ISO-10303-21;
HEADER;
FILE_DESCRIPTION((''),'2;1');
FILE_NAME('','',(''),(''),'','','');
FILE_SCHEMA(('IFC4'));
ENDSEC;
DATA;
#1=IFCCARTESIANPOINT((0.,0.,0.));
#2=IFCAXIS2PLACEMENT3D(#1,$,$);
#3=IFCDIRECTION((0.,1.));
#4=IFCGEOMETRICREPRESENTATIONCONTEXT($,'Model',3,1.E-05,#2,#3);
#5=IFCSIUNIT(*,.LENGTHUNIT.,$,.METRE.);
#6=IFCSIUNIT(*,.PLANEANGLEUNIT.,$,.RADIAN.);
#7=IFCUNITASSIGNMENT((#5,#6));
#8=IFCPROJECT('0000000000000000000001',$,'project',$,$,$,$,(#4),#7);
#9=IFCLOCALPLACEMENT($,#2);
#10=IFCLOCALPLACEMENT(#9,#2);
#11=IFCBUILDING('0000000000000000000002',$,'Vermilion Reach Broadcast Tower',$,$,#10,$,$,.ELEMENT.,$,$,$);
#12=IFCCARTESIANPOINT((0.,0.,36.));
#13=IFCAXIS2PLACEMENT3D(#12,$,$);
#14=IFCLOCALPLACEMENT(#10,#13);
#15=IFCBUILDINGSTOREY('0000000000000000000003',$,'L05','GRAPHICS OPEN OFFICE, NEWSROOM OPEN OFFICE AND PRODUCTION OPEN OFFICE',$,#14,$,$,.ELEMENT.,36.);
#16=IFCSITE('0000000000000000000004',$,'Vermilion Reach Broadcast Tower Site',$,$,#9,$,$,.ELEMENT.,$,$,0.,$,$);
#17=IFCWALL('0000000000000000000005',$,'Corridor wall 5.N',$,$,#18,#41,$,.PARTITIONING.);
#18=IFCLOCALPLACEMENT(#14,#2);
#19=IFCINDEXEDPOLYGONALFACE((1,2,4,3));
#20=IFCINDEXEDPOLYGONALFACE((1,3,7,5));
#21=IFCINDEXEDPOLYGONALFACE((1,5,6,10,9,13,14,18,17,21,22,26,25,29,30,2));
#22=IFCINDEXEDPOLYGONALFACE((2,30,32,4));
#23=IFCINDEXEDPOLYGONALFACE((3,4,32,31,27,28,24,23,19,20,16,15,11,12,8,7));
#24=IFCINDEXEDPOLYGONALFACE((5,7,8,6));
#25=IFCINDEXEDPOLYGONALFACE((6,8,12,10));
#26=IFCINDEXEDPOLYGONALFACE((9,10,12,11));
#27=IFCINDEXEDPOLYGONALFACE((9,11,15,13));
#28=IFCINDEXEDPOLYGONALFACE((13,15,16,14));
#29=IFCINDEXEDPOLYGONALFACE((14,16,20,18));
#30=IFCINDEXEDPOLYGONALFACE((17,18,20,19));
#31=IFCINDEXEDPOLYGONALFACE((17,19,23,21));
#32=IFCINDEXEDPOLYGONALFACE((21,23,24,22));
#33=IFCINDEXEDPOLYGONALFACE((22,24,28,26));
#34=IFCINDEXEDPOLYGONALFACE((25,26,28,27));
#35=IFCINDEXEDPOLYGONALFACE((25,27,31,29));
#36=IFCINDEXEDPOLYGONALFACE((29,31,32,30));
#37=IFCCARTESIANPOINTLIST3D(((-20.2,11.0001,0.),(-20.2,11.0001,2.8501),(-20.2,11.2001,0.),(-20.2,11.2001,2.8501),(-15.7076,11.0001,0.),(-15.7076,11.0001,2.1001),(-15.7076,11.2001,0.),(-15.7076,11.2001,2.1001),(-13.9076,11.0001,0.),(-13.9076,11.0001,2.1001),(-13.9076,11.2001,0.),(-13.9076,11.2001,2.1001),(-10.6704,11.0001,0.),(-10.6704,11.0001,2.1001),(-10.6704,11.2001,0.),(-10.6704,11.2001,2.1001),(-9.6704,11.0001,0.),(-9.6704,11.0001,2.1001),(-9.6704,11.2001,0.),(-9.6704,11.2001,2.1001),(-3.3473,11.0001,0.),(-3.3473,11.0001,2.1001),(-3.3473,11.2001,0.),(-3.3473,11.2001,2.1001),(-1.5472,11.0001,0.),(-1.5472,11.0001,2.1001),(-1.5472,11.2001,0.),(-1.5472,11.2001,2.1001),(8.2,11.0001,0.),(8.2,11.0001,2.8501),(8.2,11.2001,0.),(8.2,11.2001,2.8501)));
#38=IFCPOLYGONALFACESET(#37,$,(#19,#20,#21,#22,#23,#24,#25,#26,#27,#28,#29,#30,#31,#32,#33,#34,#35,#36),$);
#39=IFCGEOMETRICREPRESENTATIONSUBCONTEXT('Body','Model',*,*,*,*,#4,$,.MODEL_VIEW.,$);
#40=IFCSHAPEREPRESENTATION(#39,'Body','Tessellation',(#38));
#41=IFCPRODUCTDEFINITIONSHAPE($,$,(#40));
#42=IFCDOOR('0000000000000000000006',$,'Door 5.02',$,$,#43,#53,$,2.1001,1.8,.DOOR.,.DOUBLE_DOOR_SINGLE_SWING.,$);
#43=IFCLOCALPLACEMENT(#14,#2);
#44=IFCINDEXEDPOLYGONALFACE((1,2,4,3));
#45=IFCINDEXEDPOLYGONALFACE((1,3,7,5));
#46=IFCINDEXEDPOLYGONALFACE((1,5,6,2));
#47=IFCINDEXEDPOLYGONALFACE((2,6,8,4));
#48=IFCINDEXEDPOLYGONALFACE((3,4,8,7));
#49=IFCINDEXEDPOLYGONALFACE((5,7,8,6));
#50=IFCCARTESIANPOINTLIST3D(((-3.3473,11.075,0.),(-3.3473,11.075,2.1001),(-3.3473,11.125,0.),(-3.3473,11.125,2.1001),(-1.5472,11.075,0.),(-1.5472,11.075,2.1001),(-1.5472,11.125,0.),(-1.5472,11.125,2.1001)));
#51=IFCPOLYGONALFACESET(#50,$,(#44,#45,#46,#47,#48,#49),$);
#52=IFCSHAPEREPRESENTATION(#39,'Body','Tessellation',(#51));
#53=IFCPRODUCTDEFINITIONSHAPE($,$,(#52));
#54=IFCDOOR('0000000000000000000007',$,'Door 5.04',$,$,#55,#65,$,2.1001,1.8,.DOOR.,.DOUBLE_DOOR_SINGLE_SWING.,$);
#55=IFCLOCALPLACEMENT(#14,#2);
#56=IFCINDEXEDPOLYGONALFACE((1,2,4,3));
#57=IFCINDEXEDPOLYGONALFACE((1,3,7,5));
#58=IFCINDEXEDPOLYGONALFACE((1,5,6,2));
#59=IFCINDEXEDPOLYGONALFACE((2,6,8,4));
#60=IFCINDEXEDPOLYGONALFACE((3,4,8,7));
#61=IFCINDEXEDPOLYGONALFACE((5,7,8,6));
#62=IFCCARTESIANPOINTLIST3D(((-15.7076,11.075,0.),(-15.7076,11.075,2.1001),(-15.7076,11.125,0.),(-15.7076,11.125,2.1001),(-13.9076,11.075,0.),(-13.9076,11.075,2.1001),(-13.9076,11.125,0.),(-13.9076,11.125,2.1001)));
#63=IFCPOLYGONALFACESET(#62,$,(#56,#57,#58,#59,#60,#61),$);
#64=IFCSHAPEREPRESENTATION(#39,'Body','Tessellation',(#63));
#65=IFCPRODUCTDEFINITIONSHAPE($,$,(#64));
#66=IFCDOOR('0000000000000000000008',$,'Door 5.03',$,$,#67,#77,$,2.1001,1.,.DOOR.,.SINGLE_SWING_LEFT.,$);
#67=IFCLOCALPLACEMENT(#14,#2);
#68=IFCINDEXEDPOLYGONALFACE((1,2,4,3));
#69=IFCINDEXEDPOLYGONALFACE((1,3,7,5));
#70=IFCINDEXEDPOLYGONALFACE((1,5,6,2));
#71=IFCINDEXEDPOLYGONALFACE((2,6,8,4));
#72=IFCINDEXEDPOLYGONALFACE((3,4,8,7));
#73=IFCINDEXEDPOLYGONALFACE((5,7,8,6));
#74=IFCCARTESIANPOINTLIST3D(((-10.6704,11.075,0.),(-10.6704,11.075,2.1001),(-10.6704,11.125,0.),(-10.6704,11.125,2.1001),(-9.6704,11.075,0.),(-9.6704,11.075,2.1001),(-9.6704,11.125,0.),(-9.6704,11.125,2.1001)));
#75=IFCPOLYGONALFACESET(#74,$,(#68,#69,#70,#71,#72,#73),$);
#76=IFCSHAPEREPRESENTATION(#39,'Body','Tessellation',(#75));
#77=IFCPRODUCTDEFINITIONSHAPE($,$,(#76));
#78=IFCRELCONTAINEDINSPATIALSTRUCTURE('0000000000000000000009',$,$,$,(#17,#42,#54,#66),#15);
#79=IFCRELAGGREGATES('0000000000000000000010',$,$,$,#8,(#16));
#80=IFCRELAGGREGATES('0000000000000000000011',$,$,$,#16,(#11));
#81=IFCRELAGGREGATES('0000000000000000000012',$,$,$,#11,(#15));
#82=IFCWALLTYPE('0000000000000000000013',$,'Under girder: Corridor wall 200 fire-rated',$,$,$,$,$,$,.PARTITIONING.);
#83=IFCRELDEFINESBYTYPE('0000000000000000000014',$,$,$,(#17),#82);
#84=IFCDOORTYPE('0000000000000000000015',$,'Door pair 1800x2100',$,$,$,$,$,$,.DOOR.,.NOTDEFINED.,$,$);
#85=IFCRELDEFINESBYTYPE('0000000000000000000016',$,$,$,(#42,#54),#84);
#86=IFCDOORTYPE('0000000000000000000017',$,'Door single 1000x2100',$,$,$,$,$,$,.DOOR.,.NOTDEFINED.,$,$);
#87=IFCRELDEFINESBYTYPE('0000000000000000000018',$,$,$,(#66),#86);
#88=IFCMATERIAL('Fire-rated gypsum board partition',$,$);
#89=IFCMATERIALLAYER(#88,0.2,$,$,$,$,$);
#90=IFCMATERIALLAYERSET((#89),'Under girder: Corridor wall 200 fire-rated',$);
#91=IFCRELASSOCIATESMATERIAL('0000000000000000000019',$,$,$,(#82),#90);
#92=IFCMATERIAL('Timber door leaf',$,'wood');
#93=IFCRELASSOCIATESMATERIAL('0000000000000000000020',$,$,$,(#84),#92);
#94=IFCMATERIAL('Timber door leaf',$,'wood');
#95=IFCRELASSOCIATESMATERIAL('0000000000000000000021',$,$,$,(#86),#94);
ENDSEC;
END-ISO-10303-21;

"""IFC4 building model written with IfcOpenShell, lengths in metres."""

from ifc_helpers import new_model, si_unit, direction, frame, frame_2d, origin, place, context, subcontext, project, spatial, rectangle, extrude, material, layer, layer_set, type_object, element, fill, save


model = new_model("IFC4")

# Units and contexts
model_context = context("Model", 3, precision=1e-05, world=origin(), true_north=direction((0.0, 1.0)))
body_context = subcontext(model_context, "Body", "Model", "MODEL_VIEW")
ifc_project = project(units=[si_unit("LENGTHUNIT", "METRE"), si_unit("PLANEANGLEUNIT", "RADIAN")], contexts=[model_context])

# Site, building, storey
site_placement = place(None, origin())
site = spatial("IfcSite", under=ifc_project, at=site_placement, Name="Vermilion Reach Broadcast Tower Site", CompositionType="ELEMENT", RefElevation=0.0)
building_placement = place(site_placement, origin())
building = spatial("IfcBuilding", under=site, at=building_placement, Name="Vermilion Reach Broadcast Tower", CompositionType="ELEMENT")
storey_placement = place(building_placement, frame((0.0, 0.0, 36.0)))
storey = spatial("IfcBuildingStorey", under=building, at=storey_placement, Name="L05", Description="GRAPHICS OPEN OFFICE, NEWSROOM OPEN OFFICE AND PRODUCTION OPEN OFFICE", CompositionType="ELEMENT", Elevation=36.0)

# Wall, openings, doors
ifc_material_1 = material(Name="Fire-rated gypsum board partition")
ifc_layer_1 = layer(ifc_material_1, 0.2)
ifc_layer_set_1 = layer_set([ifc_layer_1], Name="Under girder: Corridor wall 200 fire-rated")
wall_type_1 = type_object("IfcWallType", Name="Under girder: Corridor wall 200 fire-rated", PredefinedType="PARTITIONING", material=ifc_layer_set_1)
wall_1_placement = place(storey_placement, frame((-20.2, 11.1001, 0.0), z_axis=(0.0, 0.0, 1.0), x_axis=(1.0, 0.0, 0.0)))
wall_1 = element("IfcWall", 1, at=wall_1_placement, inside=storey, type_object=wall_type_1, Name="Corridor wall 5.N", PredefinedType="PARTITIONING", context=body_context, shape_type="SweptSolid", body=[
    extrude(rectangle(XDim=28.3999, YDim=0.2, at=frame_2d((14.2, 0.0))), origin(), (0.0, 0.0, 1.0), 2.8501),
])
opening_1_placement = place(wall_1_placement, frame((16.8528, 0.0, 0.0)))
opening_1 = element("IfcOpeningElement", 2, at=opening_1_placement, cuts=wall_1, PredefinedType="OPENING", context=body_context, shape_type="SweptSolid", body=[
    extrude(rectangle(XDim=1.8, YDim=2.1001, at=frame_2d((0.8999, 1.05))), frame((0.0, 0.1099, 0.0), z_axis=(0.0, -1.0, 0.0), x_axis=(1.0, 0.0, 0.0)), (0.0, 0.0, 1.0), 0.22),
])
opening_2_placement = place(wall_1_placement, frame((9.5295, 0.0, 0.0)))
opening_2 = element("IfcOpeningElement", 3, at=opening_2_placement, cuts=wall_1, PredefinedType="OPENING", context=body_context, shape_type="SweptSolid", body=[
    extrude(rectangle(XDim=1.0, YDim=2.1001, at=frame_2d((0.5, 1.05))), frame((0.0, 0.1099, 0.0), z_axis=(0.0, -1.0, 0.0), x_axis=(1.0, 0.0, 0.0)), (0.0, 0.0, 1.0), 0.22),
])
opening_3_placement = place(wall_1_placement, frame((4.4924, 0.0, 0.0)))
opening_3 = element("IfcOpeningElement", 4, at=opening_3_placement, cuts=wall_1, PredefinedType="OPENING", context=body_context, shape_type="SweptSolid", body=[
    extrude(rectangle(XDim=1.8, YDim=2.1001, at=frame_2d((0.8999, 1.05))), frame((0.0, 0.1099, 0.0), z_axis=(0.0, -1.0, 0.0), x_axis=(1.0, 0.0, 0.0)), (0.0, 0.0, 1.0), 0.22),
])
ifc_material_2 = material(Name="Timber door leaf", Category="wood")
door_type_1 = type_object("IfcDoorType", Name="Door pair 1800x2100", OperationType="NOTDEFINED", PredefinedType="DOOR", material=ifc_material_2)
door_1_placement = place(opening_1_placement, origin())
door_1 = element("IfcDoor", 5, at=door_1_placement, inside=storey, type_object=door_type_1, Name="Door 5.02", OperationType="DOUBLE_DOOR_SINGLE_SWING", OverallHeight=2.1001, OverallWidth=1.8, PredefinedType="DOOR", context=body_context, shape_type="SweptSolid", body=[
    extrude(rectangle(XDim=1.8, YDim=2.1001, at=frame_2d((0.8999, 1.05))), frame((0.0, 0.0249, 0.0), z_axis=(0.0, -1.0, 0.0), x_axis=(1.0, 0.0, 0.0)), (0.0, 0.0, 1.0), 0.05),
])
fill(opening_1, door_1)
door_2_placement = place(opening_3_placement, origin())
door_2 = element("IfcDoor", 6, at=door_2_placement, inside=storey, type_object=door_type_1, Name="Door 5.04", OperationType="DOUBLE_DOOR_SINGLE_SWING", OverallHeight=2.1001, OverallWidth=1.8, PredefinedType="DOOR", context=body_context, shape_type="SweptSolid", body=[
    extrude(rectangle(XDim=1.8, YDim=2.1001, at=frame_2d((0.8999, 1.05))), frame((0.0, 0.0249, 0.0), z_axis=(0.0, -1.0, 0.0), x_axis=(1.0, 0.0, 0.0)), (0.0, 0.0, 1.0), 0.05),
])
fill(opening_3, door_2)
ifc_material_3 = material(Name="Timber door leaf", Category="wood")
door_type_2 = type_object("IfcDoorType", Name="Door single 1000x2100", OperationType="NOTDEFINED", PredefinedType="DOOR", material=ifc_material_3)
door_3_placement = place(opening_2_placement, origin())
door_3 = element("IfcDoor", 7, at=door_3_placement, inside=storey, type_object=door_type_2, Name="Door 5.03", OperationType="SINGLE_SWING_LEFT", OverallHeight=2.1001, OverallWidth=1.0, PredefinedType="DOOR", context=body_context, shape_type="SweptSolid", body=[
    extrude(rectangle(XDim=1.0, YDim=2.1001, at=frame_2d((0.5, 1.05))), frame((0.0, 0.0249, 0.0), z_axis=(0.0, -1.0, 0.0), x_axis=(1.0, 0.0, 0.0)), (0.0, 0.0, 1.0), 0.05),
])
fill(opening_2, door_3)

save(model, "model.ifc")
